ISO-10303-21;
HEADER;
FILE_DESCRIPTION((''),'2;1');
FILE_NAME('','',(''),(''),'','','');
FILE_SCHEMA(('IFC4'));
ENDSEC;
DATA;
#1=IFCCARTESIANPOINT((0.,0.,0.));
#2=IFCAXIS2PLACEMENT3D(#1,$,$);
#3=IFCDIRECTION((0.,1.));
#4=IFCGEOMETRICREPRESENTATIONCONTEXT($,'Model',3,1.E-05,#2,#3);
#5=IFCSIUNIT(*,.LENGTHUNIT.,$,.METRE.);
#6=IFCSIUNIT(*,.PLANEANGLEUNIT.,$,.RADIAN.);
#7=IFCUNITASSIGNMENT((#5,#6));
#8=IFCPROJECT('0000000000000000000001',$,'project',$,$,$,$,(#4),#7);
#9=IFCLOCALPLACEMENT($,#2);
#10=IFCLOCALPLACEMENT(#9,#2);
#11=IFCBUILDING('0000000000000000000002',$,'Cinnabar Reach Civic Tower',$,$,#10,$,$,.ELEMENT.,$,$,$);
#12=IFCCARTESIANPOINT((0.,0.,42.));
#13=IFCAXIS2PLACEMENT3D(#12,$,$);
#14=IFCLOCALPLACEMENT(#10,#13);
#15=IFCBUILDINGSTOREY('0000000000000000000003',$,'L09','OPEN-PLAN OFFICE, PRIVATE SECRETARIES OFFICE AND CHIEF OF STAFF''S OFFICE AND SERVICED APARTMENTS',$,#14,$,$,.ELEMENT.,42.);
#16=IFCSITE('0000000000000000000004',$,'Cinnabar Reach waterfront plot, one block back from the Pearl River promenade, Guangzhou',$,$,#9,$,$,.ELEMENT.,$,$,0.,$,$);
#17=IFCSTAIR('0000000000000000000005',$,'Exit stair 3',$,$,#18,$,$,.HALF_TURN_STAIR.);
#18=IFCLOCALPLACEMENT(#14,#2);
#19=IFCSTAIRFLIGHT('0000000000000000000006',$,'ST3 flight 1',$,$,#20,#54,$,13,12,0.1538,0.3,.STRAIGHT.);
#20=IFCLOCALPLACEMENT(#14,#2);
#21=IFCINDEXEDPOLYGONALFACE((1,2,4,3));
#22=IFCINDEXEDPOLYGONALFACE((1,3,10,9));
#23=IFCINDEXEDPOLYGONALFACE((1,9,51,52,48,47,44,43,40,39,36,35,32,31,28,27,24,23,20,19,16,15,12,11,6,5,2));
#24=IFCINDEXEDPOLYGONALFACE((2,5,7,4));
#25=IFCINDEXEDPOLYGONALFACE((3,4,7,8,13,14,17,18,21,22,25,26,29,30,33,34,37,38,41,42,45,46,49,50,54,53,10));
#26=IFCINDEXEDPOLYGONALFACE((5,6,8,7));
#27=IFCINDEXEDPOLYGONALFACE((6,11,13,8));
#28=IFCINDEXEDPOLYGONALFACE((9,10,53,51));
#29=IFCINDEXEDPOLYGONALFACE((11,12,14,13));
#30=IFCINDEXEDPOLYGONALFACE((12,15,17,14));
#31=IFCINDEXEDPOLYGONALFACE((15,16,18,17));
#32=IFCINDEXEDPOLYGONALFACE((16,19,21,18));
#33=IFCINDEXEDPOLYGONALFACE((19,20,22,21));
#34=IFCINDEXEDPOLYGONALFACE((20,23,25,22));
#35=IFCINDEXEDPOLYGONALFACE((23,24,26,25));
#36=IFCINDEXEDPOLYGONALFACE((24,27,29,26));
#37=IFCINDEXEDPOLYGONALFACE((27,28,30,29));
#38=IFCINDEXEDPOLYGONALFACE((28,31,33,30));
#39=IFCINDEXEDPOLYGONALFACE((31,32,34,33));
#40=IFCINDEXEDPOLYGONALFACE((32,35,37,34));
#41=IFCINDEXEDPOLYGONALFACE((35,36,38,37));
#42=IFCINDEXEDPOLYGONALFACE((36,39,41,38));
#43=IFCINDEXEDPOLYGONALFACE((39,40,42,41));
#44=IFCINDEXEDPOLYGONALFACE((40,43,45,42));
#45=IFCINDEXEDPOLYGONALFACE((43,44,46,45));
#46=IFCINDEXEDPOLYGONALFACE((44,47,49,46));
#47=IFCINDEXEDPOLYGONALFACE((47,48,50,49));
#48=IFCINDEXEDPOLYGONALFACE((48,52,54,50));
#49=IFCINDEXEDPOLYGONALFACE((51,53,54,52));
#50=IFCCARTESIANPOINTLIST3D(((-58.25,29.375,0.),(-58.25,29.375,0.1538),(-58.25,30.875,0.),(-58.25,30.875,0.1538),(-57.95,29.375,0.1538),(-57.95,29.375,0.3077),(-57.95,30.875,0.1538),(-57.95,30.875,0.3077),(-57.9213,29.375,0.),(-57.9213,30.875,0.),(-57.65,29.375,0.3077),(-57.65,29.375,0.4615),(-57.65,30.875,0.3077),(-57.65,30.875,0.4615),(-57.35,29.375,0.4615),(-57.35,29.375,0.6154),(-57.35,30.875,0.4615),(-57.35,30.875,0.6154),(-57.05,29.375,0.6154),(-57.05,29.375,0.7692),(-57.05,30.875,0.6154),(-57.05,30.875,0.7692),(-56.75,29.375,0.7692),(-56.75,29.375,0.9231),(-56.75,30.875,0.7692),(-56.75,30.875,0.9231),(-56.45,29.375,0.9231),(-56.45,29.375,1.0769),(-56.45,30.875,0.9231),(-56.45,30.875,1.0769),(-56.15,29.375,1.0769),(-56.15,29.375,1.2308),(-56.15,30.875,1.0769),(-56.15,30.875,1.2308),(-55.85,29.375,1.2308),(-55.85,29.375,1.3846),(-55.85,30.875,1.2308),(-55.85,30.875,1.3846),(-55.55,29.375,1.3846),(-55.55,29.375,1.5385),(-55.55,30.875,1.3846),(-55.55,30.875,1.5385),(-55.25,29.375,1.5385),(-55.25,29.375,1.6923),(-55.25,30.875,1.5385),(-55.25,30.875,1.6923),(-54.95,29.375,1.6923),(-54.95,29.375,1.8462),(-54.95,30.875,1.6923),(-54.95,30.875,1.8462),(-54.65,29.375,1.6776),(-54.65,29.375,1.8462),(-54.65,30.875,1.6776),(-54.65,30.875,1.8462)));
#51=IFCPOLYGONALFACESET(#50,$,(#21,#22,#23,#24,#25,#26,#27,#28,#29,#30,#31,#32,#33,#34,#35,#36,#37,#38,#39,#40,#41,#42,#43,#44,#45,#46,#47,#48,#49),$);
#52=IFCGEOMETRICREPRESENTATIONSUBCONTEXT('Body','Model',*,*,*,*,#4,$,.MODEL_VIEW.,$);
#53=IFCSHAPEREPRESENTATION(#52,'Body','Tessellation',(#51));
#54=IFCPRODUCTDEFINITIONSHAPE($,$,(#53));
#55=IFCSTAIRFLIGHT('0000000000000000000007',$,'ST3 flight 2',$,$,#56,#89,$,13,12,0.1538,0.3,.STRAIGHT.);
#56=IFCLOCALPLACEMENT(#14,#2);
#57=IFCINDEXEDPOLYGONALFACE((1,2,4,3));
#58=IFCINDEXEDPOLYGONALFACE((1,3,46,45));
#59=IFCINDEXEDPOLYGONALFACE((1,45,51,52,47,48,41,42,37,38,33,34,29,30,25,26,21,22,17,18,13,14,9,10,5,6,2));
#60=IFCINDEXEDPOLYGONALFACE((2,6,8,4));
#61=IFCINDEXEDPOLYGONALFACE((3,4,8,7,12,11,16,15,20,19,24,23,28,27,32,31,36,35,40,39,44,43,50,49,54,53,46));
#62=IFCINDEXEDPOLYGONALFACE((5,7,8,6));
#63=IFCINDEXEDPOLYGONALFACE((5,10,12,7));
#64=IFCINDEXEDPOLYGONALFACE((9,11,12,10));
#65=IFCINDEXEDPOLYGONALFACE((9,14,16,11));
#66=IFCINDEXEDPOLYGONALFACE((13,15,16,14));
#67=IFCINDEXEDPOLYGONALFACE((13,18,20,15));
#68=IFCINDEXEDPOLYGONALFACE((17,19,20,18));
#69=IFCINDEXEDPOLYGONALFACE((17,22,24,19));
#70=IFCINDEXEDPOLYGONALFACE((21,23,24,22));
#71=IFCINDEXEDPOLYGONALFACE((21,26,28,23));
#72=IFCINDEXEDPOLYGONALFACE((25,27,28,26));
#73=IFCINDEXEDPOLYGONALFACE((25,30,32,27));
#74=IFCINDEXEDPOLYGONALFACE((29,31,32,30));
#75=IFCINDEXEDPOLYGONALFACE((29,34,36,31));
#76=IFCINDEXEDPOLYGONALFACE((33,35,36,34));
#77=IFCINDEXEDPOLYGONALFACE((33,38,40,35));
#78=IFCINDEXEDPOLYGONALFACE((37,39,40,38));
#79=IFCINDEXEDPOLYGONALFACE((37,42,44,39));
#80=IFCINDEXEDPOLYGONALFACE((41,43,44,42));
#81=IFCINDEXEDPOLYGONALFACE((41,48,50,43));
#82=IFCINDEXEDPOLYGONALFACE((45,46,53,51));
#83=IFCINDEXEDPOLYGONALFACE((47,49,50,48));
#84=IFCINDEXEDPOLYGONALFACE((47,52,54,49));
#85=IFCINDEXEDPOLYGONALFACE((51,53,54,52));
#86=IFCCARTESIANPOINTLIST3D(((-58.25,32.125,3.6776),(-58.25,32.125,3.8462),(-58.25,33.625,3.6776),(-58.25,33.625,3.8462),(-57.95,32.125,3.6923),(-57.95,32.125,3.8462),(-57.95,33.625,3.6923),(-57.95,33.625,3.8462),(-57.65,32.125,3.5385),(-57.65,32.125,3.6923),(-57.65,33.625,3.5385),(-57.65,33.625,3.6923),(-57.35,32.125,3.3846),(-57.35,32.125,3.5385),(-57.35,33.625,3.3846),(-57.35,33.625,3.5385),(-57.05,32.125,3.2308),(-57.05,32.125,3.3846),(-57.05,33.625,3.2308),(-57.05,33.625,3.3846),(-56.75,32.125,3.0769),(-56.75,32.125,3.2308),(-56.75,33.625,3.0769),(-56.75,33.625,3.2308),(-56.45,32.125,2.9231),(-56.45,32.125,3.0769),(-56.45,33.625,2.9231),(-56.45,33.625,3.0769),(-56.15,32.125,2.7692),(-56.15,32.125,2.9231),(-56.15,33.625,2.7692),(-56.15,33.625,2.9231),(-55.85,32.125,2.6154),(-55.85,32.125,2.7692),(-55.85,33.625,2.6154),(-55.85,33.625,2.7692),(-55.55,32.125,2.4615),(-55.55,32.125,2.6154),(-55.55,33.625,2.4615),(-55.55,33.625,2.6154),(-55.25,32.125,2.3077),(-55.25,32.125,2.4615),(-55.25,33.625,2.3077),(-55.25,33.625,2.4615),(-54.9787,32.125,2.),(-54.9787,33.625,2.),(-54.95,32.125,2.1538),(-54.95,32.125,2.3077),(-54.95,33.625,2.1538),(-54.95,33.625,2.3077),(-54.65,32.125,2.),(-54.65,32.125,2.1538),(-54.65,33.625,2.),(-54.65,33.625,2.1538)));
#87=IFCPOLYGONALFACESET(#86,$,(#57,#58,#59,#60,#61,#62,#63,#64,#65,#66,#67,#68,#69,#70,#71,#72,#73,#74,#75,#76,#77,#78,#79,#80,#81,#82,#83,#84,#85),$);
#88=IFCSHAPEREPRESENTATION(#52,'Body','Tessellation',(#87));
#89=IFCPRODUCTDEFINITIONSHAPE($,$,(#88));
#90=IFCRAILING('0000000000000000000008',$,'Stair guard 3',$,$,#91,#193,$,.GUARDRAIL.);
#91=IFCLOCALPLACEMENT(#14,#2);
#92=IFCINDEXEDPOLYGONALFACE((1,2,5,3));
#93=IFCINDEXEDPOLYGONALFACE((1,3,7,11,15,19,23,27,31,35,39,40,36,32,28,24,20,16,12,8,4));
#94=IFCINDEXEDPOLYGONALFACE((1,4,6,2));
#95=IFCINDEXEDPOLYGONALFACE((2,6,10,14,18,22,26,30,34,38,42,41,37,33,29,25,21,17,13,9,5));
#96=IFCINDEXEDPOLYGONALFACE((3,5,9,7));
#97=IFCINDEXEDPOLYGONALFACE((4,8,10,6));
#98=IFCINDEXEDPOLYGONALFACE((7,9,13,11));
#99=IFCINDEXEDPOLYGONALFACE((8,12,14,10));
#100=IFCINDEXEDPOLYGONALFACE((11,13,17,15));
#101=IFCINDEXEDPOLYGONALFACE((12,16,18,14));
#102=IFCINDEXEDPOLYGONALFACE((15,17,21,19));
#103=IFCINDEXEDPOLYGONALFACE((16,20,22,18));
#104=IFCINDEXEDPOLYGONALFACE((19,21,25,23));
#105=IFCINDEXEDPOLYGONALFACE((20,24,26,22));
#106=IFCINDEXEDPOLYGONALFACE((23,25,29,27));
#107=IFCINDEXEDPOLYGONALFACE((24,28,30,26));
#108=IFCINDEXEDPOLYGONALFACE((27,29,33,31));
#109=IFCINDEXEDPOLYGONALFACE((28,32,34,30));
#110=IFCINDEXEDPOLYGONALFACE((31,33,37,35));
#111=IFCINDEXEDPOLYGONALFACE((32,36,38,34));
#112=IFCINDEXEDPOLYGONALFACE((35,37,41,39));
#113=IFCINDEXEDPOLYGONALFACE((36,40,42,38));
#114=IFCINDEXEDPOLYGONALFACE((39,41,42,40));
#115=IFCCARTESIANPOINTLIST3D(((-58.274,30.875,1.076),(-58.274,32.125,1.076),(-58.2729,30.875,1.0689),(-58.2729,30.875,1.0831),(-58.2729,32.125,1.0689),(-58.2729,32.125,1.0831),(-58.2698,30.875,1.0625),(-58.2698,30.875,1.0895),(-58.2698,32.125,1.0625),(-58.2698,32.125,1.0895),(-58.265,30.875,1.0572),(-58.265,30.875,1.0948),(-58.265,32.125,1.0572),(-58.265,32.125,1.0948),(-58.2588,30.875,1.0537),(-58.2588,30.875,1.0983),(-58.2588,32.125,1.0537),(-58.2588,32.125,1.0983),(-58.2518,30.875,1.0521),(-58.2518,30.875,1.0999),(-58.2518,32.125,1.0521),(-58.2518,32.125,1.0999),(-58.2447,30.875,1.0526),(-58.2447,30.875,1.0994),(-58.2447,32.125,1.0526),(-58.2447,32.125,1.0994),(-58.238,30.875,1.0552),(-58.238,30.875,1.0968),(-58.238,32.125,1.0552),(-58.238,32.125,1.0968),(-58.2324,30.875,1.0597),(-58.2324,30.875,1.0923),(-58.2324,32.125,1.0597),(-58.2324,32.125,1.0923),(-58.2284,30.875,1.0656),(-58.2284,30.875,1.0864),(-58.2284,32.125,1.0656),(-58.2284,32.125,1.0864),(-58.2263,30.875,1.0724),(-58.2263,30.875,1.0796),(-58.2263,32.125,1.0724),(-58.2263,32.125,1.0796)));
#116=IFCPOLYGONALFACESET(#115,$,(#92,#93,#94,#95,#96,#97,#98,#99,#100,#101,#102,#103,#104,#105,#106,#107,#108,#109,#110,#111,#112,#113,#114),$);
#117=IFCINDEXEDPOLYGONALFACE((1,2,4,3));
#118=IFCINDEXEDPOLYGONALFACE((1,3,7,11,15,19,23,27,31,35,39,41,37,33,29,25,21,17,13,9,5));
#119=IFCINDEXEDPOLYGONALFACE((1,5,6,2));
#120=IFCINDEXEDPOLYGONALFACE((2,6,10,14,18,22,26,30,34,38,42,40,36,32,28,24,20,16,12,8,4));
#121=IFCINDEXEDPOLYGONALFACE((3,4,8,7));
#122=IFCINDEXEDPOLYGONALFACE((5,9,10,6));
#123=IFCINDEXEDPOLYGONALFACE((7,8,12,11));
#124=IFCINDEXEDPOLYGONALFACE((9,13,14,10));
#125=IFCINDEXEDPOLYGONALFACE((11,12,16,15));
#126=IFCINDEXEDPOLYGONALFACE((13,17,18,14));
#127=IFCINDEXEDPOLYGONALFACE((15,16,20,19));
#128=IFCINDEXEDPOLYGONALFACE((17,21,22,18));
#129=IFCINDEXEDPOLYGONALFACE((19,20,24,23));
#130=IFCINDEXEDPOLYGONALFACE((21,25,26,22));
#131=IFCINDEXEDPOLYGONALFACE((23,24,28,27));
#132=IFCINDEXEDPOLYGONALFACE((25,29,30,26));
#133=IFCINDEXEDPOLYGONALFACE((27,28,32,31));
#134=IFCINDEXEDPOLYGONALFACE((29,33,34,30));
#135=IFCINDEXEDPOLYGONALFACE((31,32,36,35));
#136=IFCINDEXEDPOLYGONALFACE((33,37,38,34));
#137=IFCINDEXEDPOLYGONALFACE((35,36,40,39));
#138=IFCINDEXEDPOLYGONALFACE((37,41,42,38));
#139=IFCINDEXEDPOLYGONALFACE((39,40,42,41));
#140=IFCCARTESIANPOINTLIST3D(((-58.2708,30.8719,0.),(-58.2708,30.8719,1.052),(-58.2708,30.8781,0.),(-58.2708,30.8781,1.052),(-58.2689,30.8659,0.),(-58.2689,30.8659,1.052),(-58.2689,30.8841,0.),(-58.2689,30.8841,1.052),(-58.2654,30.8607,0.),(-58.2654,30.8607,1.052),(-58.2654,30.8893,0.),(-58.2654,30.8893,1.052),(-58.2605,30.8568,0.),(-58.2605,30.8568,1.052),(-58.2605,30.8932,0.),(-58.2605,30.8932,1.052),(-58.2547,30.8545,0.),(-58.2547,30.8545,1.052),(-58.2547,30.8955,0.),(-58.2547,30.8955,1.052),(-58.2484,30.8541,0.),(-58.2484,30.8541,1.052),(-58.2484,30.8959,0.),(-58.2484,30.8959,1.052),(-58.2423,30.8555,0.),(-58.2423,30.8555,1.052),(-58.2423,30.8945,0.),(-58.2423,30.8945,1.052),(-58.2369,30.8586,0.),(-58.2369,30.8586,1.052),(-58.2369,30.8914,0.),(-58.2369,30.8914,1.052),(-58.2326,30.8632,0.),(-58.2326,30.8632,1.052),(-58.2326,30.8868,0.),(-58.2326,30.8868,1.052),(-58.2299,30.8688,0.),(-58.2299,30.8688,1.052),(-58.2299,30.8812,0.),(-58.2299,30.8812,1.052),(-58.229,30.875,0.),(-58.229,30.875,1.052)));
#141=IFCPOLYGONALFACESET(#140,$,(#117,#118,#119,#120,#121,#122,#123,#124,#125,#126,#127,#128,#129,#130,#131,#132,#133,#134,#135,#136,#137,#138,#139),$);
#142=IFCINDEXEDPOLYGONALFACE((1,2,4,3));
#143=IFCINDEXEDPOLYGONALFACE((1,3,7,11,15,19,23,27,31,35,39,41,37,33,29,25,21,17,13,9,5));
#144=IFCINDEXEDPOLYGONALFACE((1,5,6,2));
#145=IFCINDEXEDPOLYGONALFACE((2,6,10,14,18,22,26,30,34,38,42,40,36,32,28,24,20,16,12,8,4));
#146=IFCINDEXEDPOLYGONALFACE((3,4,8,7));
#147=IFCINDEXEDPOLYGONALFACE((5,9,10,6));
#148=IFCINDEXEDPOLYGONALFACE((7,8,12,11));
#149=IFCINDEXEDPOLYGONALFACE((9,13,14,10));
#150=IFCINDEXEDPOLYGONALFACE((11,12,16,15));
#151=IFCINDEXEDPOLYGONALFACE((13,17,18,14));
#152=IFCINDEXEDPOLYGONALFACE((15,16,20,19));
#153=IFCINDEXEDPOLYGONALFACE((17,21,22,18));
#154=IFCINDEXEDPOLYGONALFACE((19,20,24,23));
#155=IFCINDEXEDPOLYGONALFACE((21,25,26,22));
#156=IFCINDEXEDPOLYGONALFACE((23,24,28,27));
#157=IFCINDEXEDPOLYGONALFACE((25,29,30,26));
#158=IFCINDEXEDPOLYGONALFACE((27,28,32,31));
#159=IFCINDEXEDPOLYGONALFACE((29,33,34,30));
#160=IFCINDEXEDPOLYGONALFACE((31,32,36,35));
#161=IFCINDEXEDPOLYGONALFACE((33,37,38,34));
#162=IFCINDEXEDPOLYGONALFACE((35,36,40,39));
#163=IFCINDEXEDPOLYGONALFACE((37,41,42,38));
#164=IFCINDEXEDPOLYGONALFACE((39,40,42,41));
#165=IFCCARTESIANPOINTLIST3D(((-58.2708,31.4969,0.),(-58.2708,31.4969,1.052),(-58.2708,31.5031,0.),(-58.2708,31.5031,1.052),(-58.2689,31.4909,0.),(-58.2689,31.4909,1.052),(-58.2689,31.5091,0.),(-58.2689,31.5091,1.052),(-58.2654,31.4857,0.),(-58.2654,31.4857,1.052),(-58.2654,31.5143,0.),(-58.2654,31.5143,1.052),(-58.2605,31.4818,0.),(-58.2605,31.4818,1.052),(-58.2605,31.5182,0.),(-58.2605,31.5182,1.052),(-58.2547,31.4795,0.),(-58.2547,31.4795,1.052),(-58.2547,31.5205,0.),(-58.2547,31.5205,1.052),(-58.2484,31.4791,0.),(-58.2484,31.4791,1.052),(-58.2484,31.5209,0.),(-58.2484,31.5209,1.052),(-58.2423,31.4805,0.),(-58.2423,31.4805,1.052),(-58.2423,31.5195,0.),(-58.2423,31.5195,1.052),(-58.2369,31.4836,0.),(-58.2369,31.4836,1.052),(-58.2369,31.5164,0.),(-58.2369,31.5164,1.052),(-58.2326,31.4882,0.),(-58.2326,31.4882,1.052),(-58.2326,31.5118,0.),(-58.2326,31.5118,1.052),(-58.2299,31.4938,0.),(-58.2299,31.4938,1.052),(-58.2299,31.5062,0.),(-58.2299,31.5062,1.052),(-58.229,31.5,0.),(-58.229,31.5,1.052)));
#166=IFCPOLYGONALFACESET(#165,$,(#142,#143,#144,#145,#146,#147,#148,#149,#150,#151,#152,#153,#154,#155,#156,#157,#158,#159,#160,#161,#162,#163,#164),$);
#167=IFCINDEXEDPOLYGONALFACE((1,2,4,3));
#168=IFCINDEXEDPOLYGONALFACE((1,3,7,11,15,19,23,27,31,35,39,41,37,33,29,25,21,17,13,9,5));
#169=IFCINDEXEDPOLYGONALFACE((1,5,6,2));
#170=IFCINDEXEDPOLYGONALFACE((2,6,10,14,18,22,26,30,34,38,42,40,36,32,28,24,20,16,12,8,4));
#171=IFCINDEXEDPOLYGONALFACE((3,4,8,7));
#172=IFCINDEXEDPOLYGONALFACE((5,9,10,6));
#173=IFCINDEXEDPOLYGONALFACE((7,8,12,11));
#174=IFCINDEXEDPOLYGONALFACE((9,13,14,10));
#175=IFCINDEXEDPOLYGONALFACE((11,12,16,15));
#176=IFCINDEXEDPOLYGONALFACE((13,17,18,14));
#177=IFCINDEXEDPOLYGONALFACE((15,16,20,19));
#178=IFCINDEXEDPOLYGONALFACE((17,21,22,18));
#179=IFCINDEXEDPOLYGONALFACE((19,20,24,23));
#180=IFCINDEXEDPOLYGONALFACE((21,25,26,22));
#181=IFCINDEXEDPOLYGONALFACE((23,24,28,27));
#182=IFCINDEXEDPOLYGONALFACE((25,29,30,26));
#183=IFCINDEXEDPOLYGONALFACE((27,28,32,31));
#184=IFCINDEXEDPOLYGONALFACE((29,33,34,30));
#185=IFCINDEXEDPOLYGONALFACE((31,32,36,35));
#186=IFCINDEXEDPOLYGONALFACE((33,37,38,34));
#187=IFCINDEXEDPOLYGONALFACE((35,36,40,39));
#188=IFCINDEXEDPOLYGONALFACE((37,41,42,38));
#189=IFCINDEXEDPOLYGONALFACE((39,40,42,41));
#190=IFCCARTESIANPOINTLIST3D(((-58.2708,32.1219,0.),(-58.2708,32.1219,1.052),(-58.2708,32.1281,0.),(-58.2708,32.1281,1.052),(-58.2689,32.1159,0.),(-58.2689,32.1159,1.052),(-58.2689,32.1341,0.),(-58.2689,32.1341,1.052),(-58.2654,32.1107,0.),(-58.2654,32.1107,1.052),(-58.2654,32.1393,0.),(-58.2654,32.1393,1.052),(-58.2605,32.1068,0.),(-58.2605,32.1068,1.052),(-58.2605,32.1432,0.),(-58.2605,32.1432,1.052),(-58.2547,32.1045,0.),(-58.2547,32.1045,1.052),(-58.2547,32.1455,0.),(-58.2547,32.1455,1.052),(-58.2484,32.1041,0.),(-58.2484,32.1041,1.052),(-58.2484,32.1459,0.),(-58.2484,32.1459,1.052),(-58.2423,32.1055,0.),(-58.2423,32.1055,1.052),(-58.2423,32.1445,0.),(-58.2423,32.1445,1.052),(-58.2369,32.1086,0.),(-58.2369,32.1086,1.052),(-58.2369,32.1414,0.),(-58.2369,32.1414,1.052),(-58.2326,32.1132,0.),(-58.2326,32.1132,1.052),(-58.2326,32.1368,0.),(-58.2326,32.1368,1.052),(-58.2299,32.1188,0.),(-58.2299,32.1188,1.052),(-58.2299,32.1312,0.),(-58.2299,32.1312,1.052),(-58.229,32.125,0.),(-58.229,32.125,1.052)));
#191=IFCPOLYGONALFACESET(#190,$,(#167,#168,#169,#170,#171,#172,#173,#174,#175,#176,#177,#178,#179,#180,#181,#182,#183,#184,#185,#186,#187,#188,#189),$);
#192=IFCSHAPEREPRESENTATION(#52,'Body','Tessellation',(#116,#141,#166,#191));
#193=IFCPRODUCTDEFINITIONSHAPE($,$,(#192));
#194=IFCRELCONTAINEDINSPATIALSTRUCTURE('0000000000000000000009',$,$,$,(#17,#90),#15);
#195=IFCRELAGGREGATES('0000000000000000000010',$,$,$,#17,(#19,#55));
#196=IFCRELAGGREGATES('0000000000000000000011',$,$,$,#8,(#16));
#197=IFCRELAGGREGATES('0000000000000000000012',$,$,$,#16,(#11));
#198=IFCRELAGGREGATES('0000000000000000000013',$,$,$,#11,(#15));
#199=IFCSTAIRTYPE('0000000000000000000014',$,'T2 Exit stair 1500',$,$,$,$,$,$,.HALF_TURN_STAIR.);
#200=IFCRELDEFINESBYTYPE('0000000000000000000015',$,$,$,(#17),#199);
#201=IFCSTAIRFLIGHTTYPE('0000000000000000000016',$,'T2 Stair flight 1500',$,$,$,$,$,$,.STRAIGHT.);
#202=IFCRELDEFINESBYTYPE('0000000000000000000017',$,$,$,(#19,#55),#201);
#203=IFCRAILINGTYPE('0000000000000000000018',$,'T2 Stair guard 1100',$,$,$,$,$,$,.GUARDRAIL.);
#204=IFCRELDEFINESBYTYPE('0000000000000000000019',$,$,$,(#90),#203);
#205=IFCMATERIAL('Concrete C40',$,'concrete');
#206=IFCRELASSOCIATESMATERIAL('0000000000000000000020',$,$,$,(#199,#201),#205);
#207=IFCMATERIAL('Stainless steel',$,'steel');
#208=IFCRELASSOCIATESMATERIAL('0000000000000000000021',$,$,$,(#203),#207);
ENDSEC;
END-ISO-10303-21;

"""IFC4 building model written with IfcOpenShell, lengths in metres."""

from ifc_helpers import new_model, si_unit, direction, frame, origin, origin_2d, place, context, subcontext, project, spatial, polyline, circle, outline, extrude, material, type_object, element, aggregate, save


model = new_model("IFC4")

# Units and contexts
model_context = context("Model", 3, precision=1e-05, world=origin(), true_north=direction((0.0, 1.0)))
body_context = subcontext(model_context, "Body", "Model", "MODEL_VIEW")
ifc_project = project(units=[si_unit("LENGTHUNIT", "METRE"), si_unit("PLANEANGLEUNIT", "RADIAN")], contexts=[model_context])

# Site, building, storey
site_placement = place(None, origin())
site = spatial("IfcSite", under=ifc_project, at=site_placement, Name="Cinnabar Reach waterfront plot, one block back from the Pearl River promenade, Guangzhou", CompositionType="ELEMENT", RefElevation=0.0)
building_placement = place(site_placement, origin())
building = spatial("IfcBuilding", under=site, at=building_placement, Name="Cinnabar Reach Civic Tower", CompositionType="ELEMENT")
storey_placement = place(building_placement, frame((0.0, 0.0, 42.0)))
storey = spatial("IfcBuildingStorey", under=building, at=storey_placement, Name="L09", Description="OPEN-PLAN OFFICE, PRIVATE SECRETARIES OFFICE AND CHIEF OF STAFF'S OFFICE AND SERVICED APARTMENTS", CompositionType="ELEMENT", Elevation=42.0)

# Stair, stair flights
ifc_material_1 = material(Name="Concrete C40", Category="concrete")
stair_type = type_object("IfcStairType", Name="T2 Exit stair 1500", PredefinedType="HALF_TURN_STAIR", material=ifc_material_1)
stair_placement = place(storey_placement, origin())
stair = element("IfcStair", 1, at=stair_placement, inside=storey, type_object=stair_type, Name="Exit stair 3", PredefinedType="HALF_TURN_STAIR")
stair_flight_type = type_object("IfcStairFlightType", Name="T2 Stair flight 1500", PredefinedType="STRAIGHT", material=ifc_material_1)
stair_flight_1_placement = place(storey_placement, frame((-58.25, 30.125, 0.0), z_axis=(0.0, 0.0, 1.0), x_axis=(1.0, 0.0, 0.0)))
stair_flight_1 = element("IfcStairFlight", 2, at=stair_flight_1_placement, type_object=stair_flight_type, Name="ST3 flight 1", NumberOfRisers=13, NumberOfTreads=12, PredefinedType="STRAIGHT", RiserHeight=0.1538, TreadLength=0.3, context=body_context, shape_type="SweptSolid", body=[
    extrude(outline(polyline([(0.0, 0.0), (0.0, 0.1538), (0.3, 0.1538), (0.3, 0.3077), (0.6, 0.3077), (0.6, 0.4615), (0.9, 0.4615), (0.9, 0.6154), (1.2, 0.6154), (1.2, 0.7692), (1.5, 0.7692), (1.5, 0.9231), (1.8, 0.9231), (1.8, 1.0769), (2.1, 1.0769), (2.1, 1.2308), (2.4, 1.2308), (2.4, 1.3846), (2.7, 1.3846), (2.7, 1.5385), (3.0, 1.5385), (3.0, 1.6923), (3.3, 1.6923), (3.3, 1.8462), (3.6, 1.8462), (3.6, 2.0), (3.6, 1.6776), (0.3287, 0.0), (0.0, 0.0)])), frame((0.0, 0.75, 0.0), z_axis=(0.0, -1.0, 0.0), x_axis=(1.0, 0.0, 0.0)), (0.0, 0.0, 1.0), 1.5),
])
stair_flight_2_placement = place(storey_placement, frame((-54.65, 32.875, 2.0), z_axis=(0.0, 0.0, 1.0), x_axis=(-1.0, 0.0, 0.0)))
stair_flight_2 = element("IfcStairFlight", 3, at=stair_flight_2_placement, type_object=stair_flight_type, Name="ST3 flight 2", NumberOfRisers=13, NumberOfTreads=12, PredefinedType="STRAIGHT", RiserHeight=0.1538, TreadLength=0.3, context=body_context, shape_type="SweptSolid", body=[
    extrude(outline(polyline([(0.0, 0.0), (0.0, 0.1538), (0.3, 0.1538), (0.3, 0.3077), (0.6, 0.3077), (0.6, 0.4615), (0.9, 0.4615), (0.9, 0.6154), (1.2, 0.6154), (1.2, 0.7692), (1.5, 0.7692), (1.5, 0.9231), (1.8, 0.9231), (1.8, 1.0769), (2.1, 1.0769), (2.1, 1.2308), (2.4, 1.2308), (2.4, 1.3846), (2.7, 1.3846), (2.7, 1.5385), (3.0, 1.5385), (3.0, 1.6923), (3.3, 1.6923), (3.3, 1.8462), (3.6, 1.8462), (3.6, 2.0), (3.6, 1.6776), (0.3287, 0.0), (0.0, 0.0)])), frame((0.0, 0.75, 0.0), z_axis=(0.0, -1.0, 0.0), x_axis=(1.0, 0.0, 0.0)), (0.0, 0.0, 1.0), 1.5),
])
aggregate(stair, [stair_flight_1, stair_flight_2])

# Railing
ifc_material_2 = material(Name="Stainless steel", Category="steel")
railing_type = type_object("IfcRailingType", Name="T2 Stair guard 1100", PredefinedType="GUARDRAIL", material=ifc_material_2)
railing_1_placement = place(storey_placement, frame((-58.25, 30.875, 0.0)))
element("IfcRailing", 4, at=railing_1_placement, inside=storey, type_object=railing_type, Name="Stair guard 3", PredefinedType="GUARDRAIL", context=body_context, shape_type="SweptSolid", body=[
    extrude(circle(Radius=0.024, at=origin_2d()), frame((0.0, 0.0, 1.076), z_axis=(0.0, 1.0, 0.0), x_axis=(-1.0, 0.0, 0.0)), (0.0, 0.0, 1.0), 1.25),
    extrude(circle(Radius=0.021, at=origin_2d()), origin(), (0.0, 0.0, 1.0), 1.052),
    extrude(circle(Radius=0.021, at=origin_2d()), frame((0.0, 0.625, 0.0)), (0.0, 0.0, 1.0), 1.052),
    extrude(circle(Radius=0.021, at=origin_2d()), frame((0.0, 1.25, 0.0)), (0.0, 0.0, 1.0), 1.052),
])

save(model, "model.ifc")
